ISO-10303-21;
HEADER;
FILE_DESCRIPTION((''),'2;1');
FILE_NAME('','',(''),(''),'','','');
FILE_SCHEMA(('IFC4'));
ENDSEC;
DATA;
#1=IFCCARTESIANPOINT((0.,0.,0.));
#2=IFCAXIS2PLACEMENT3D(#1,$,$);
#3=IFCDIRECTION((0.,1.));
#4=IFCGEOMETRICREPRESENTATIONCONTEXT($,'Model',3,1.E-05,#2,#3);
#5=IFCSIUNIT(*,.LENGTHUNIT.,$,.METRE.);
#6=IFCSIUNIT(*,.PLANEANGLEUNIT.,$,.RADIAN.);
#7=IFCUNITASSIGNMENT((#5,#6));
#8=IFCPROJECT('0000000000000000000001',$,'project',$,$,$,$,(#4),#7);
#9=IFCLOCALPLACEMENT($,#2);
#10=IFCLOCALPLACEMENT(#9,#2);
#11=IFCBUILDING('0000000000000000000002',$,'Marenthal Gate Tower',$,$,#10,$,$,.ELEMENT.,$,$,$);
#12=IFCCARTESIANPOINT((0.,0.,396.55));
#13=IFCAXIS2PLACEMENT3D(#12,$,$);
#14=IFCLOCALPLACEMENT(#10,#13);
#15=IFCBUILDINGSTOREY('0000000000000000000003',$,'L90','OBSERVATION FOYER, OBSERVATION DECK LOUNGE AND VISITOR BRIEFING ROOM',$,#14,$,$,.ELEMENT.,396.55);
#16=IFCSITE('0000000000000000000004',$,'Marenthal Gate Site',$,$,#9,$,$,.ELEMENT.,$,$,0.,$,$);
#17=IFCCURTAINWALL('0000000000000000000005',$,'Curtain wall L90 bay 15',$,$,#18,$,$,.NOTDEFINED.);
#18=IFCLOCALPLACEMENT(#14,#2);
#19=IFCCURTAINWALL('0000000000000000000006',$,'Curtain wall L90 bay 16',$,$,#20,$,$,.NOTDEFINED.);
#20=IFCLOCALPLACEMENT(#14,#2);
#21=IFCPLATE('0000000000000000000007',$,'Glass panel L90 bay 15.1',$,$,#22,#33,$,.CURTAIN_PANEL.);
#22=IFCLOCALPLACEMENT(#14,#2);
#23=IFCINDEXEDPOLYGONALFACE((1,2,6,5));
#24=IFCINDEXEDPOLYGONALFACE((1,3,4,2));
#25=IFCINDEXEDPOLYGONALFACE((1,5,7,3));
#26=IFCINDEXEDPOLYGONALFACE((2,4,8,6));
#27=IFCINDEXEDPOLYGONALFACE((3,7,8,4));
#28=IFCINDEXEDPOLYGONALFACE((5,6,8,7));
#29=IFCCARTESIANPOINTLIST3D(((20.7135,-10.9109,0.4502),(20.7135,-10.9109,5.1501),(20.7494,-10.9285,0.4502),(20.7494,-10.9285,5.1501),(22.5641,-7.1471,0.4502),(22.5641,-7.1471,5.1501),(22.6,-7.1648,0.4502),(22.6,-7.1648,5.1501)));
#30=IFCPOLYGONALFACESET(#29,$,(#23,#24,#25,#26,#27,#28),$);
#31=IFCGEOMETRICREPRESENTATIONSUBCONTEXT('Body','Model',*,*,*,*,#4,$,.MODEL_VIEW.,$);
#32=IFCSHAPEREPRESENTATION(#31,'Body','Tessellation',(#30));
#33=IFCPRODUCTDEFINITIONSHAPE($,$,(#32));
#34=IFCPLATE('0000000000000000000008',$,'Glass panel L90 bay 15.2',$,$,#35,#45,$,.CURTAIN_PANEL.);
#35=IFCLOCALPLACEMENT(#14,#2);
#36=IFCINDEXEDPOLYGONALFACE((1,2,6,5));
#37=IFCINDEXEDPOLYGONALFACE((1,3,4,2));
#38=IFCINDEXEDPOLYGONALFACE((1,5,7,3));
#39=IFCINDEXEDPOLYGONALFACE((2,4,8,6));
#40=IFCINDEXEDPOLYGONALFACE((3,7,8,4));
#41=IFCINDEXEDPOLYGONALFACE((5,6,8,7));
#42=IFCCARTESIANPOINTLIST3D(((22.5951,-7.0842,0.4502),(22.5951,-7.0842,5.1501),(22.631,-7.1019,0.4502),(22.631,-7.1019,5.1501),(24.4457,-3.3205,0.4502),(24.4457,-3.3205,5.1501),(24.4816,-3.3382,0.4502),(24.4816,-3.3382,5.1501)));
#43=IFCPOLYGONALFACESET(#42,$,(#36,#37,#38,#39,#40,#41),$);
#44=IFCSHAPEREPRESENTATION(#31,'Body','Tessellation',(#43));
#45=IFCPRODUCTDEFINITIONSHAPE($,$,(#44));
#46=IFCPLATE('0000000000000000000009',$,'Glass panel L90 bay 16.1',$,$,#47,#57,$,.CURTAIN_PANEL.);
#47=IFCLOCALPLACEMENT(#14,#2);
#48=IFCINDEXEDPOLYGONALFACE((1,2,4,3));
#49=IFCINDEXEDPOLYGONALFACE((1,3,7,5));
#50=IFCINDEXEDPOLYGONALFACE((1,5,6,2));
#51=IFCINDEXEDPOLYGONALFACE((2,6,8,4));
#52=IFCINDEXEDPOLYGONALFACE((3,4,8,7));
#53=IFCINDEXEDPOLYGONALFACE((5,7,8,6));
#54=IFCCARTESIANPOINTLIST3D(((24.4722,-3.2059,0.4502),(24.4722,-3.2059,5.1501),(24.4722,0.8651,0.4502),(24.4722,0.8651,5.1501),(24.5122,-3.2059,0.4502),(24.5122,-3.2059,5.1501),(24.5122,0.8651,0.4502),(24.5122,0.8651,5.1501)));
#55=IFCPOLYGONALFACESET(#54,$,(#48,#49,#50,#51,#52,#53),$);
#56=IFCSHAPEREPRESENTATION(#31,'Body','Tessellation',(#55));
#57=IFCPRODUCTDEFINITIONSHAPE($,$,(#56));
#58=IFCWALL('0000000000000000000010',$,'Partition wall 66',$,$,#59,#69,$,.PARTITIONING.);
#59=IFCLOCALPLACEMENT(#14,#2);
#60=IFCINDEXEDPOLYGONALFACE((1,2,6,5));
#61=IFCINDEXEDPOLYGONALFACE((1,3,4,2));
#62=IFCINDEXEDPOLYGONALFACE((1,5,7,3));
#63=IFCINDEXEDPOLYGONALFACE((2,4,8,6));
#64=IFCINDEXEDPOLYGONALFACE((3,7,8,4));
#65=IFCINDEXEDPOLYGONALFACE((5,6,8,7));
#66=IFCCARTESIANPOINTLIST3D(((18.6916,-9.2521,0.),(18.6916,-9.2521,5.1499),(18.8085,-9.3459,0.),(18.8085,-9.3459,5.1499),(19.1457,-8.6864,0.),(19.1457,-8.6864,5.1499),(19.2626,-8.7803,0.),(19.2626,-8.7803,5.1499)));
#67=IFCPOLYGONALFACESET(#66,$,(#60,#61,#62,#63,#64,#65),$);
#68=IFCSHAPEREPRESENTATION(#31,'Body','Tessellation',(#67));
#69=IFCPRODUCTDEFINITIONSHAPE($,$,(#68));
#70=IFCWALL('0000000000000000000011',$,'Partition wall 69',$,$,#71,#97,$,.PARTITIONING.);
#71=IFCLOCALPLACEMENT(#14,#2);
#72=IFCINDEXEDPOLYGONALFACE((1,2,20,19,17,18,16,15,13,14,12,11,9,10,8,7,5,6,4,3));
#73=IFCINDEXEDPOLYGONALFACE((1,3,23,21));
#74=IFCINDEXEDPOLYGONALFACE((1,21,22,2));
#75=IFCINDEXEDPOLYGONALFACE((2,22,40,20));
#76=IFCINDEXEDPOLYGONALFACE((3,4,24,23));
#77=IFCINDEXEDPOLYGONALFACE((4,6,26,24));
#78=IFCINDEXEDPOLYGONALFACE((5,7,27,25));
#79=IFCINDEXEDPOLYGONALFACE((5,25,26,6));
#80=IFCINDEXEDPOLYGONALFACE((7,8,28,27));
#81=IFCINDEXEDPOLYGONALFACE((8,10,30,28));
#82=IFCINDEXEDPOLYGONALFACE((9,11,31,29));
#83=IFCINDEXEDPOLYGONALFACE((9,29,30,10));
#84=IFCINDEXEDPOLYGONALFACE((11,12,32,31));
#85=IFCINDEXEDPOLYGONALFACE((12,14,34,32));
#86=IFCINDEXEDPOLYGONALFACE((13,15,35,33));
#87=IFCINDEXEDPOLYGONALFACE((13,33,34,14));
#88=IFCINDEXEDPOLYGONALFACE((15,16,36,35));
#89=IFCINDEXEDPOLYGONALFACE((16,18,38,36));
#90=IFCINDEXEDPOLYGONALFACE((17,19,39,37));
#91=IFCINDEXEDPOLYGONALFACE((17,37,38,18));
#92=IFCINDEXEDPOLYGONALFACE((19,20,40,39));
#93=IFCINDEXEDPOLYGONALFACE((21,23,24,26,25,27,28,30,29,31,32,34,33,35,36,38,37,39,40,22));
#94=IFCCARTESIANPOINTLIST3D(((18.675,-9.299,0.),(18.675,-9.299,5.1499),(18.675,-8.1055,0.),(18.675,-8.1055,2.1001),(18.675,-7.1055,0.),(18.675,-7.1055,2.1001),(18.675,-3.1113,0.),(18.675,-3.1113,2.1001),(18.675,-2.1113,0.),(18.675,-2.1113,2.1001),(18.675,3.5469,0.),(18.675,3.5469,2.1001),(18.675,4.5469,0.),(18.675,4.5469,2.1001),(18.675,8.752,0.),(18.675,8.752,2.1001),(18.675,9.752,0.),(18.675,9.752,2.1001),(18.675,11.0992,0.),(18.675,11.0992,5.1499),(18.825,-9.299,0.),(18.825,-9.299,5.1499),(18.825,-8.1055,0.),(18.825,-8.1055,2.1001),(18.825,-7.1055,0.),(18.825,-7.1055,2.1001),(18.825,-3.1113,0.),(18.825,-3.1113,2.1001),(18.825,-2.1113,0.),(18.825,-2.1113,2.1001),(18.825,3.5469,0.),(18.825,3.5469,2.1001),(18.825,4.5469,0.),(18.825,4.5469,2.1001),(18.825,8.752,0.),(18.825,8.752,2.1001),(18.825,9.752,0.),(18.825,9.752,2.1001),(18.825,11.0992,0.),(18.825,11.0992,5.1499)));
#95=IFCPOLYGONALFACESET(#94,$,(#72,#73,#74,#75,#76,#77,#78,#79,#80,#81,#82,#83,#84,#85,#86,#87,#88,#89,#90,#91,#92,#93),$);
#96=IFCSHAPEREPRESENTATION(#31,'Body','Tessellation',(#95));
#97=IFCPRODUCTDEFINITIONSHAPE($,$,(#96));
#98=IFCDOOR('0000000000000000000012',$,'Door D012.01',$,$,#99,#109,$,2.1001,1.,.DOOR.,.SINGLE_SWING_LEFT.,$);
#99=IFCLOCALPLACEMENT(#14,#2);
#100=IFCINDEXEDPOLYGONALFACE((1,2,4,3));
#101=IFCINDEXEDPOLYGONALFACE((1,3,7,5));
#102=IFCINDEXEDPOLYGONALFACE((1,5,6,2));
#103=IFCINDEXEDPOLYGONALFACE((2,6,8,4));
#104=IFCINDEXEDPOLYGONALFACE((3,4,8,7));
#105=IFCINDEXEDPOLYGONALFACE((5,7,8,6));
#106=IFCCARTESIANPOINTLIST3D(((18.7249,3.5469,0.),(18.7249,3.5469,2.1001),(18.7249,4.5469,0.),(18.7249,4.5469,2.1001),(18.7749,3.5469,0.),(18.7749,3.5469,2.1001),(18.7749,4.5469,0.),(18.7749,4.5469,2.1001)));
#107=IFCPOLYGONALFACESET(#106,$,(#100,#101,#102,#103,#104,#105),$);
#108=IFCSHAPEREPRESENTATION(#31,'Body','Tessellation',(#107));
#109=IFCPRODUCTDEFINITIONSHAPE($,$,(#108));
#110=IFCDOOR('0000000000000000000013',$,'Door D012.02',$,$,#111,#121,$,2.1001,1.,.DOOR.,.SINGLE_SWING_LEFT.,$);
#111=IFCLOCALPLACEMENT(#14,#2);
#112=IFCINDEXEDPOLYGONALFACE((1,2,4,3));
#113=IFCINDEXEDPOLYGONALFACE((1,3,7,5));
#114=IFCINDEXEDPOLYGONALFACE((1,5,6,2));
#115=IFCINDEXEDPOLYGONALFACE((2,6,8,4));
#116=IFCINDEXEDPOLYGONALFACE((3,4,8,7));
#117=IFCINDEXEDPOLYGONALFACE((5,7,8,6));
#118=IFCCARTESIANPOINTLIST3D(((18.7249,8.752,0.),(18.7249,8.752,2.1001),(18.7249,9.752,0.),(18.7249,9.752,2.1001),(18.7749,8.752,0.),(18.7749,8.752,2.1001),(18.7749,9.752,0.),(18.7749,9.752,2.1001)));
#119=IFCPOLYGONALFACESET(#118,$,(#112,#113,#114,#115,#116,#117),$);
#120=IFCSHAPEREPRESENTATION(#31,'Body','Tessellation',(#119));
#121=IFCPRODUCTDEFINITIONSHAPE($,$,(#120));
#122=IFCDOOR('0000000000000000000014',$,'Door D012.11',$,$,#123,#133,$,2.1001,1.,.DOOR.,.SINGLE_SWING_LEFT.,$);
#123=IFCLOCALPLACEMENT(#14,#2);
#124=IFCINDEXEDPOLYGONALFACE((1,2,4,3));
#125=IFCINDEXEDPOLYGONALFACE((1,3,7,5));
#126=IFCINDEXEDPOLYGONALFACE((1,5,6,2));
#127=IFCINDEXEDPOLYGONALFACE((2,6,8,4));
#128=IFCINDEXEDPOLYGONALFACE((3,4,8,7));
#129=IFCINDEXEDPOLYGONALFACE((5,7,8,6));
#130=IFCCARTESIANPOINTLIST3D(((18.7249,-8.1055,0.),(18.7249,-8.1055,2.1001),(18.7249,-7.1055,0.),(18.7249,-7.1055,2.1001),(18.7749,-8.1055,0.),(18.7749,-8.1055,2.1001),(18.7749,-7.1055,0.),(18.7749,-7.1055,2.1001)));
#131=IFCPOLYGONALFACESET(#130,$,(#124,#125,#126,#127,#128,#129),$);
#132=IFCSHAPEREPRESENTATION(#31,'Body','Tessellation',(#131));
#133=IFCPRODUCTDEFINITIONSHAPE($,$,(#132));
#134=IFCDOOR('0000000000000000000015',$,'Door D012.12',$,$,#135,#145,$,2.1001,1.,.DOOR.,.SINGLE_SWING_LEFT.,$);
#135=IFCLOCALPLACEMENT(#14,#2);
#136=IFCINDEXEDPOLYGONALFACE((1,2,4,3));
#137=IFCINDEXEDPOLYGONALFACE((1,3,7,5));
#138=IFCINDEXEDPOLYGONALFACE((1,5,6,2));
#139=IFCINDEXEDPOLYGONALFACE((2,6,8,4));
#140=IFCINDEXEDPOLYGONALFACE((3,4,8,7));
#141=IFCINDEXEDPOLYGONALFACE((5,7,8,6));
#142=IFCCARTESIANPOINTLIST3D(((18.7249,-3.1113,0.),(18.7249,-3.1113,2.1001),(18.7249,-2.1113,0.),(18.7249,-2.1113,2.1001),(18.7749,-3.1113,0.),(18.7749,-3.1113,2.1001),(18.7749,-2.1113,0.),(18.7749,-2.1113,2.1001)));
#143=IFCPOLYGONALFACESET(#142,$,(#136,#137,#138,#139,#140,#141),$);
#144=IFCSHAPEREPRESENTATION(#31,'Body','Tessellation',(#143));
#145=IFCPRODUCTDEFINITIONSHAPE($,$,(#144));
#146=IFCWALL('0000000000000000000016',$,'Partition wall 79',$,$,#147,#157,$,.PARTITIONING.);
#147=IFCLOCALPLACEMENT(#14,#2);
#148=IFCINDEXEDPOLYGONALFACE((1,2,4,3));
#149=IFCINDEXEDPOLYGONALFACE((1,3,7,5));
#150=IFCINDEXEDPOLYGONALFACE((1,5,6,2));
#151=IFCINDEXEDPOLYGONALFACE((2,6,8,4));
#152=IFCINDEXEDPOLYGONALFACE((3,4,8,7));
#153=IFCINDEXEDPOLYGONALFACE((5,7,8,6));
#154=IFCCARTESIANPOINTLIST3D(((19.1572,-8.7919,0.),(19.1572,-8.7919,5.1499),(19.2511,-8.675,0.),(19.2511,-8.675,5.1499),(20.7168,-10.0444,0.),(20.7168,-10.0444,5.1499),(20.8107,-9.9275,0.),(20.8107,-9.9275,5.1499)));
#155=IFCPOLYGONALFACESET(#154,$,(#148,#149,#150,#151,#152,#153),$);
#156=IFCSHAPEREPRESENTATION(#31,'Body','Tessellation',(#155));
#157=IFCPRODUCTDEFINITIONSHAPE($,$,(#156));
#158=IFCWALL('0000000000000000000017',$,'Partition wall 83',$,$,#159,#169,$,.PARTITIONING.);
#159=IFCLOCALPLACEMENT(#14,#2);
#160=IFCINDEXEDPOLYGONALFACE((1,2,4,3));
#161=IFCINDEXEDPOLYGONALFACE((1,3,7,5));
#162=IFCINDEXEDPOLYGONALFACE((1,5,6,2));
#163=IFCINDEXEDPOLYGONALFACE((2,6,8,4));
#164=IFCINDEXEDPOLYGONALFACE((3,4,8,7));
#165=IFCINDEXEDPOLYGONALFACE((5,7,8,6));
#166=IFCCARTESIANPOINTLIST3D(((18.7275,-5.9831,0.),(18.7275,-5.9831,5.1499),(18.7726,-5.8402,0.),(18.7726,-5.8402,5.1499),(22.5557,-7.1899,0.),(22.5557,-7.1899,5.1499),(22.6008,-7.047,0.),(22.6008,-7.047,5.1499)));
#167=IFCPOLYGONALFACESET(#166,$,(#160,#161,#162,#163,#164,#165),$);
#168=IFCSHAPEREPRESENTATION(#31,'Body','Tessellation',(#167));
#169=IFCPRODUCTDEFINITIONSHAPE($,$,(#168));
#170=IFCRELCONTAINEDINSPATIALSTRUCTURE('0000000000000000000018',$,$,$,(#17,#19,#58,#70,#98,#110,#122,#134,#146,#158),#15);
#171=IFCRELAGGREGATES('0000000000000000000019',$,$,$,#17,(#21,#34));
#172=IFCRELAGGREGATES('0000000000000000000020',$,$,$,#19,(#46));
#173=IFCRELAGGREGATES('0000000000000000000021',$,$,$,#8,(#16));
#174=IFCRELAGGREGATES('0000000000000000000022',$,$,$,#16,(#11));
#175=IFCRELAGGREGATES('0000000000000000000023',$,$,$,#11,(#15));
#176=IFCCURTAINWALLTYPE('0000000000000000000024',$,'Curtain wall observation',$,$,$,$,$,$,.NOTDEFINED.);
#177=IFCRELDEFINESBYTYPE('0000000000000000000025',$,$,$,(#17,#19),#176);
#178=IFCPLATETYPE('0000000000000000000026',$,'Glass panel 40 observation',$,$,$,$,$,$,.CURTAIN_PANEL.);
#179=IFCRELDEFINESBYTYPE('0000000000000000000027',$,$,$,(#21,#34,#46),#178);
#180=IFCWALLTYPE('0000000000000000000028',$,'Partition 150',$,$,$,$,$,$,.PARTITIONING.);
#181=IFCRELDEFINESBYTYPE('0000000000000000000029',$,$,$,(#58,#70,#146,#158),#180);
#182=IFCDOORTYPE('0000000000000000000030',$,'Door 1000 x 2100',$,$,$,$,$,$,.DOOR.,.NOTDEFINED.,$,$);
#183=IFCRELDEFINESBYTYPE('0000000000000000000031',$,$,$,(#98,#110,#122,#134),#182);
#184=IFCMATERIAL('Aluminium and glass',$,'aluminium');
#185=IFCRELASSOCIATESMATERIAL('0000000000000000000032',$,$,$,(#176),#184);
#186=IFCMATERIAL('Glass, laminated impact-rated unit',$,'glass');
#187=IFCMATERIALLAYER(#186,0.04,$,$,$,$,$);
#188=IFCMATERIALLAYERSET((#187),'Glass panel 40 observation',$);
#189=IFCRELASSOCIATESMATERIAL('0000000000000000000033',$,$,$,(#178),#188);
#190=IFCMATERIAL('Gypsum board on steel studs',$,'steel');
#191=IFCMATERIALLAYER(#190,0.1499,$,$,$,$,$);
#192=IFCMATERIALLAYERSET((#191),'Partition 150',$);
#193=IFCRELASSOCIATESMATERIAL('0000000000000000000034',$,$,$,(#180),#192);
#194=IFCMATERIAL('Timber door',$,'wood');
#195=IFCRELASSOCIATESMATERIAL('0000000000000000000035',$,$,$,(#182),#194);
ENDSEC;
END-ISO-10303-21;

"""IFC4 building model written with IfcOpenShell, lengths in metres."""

from ifc_helpers import new_model, si_unit, direction, frame, frame_2d, origin, origin_2d, place, context, subcontext, project, spatial, rectangle, extrude, material, layer, layer_set, type_object, element, fill, aggregate, save


model = new_model("IFC4")

# Units and contexts
model_context = context("Model", 3, precision=1e-05, world=origin(), true_north=direction((0.0, 1.0)))
body_context = subcontext(model_context, "Body", "Model", "MODEL_VIEW")
ifc_project = project(units=[si_unit("LENGTHUNIT", "METRE"), si_unit("PLANEANGLEUNIT", "RADIAN")], contexts=[model_context])

# Site, building, storey
site_placement = place(None, origin())
site = spatial("IfcSite", under=ifc_project, at=site_placement, Name="Marenthal Gate Site", CompositionType="ELEMENT", RefElevation=0.0)
building_placement = place(site_placement, origin())
building = spatial("IfcBuilding", under=site, at=building_placement, Name="Marenthal Gate Tower", CompositionType="ELEMENT")
storey_placement = place(building_placement, frame((0.0, 0.0, 396.55)))
storey = spatial("IfcBuildingStorey", under=building, at=storey_placement, Name="L90", Description="OBSERVATION FOYER, OBSERVATION DECK LOUNGE AND VISITOR BRIEFING ROOM", CompositionType="ELEMENT", Elevation=396.55)

# Curtain walls
ifc_material_1 = material(Name="Aluminium and glass", Category="aluminium")
curtain_wall_type = type_object("IfcCurtainWallType", Name="Curtain wall observation", PredefinedType="NOTDEFINED", material=ifc_material_1)
curtain_wall_1_placement = place(storey_placement, origin())
curtain_wall_1 = element("IfcCurtainWall", 1, at=curtain_wall_1_placement, inside=storey, type_object=curtain_wall_type, Name="Curtain wall L90 bay 15", PredefinedType="NOTDEFINED")
curtain_wall_2_placement = place(storey_placement, origin())
curtain_wall_2 = element("IfcCurtainWall", 2, at=curtain_wall_2_placement, inside=storey, type_object=curtain_wall_type, Name="Curtain wall L90 bay 16", PredefinedType="NOTDEFINED")

# Plates
ifc_material_2 = material(Name="Glass, laminated impact-rated unit", Category="glass")
ifc_layer_1 = layer(ifc_material_2, 0.04)
ifc_layer_set_1 = layer_set([ifc_layer_1], Name="Glass panel 40 observation")
plate_type = type_object("IfcPlateType", Name="Glass panel 40 observation", PredefinedType="CURTAIN_PANEL", material=ifc_layer_set_1)
plate_1_placement = place(storey_placement, frame((21.6567, -9.0378, 0.4502), z_axis=(0.0, 0.0, 1.0), x_axis=(0.441247, 0.897386, 0.0)))
plate_1 = element("IfcPlate", 3, at=plate_1_placement, type_object=plate_type, Name="Glass panel L90 bay 15.1", PredefinedType="CURTAIN_PANEL", context=body_context, shape_type="SweptSolid", body=[
    extrude(rectangle(XDim=4.1941, YDim=0.04, at=origin_2d()), origin(), (0.0, 0.0, 1.0), 4.7),
])
plate_2_placement = place(storey_placement, frame((23.5383, -5.2112, 0.4502), z_axis=(0.0, 0.0, 1.0), x_axis=(0.441247, 0.897386, 0.0)))
plate_2 = element("IfcPlate", 4, at=plate_2_placement, type_object=plate_type, Name="Glass panel L90 bay 15.2", PredefinedType="CURTAIN_PANEL", context=body_context, shape_type="SweptSolid", body=[
    extrude(rectangle(XDim=4.1941, YDim=0.04, at=origin_2d()), origin(), (0.0, 0.0, 1.0), 4.7),
])
aggregate(curtain_wall_1, [plate_1, plate_2])
plate_3_placement = place(storey_placement, frame((24.4922, -1.1704, 0.4502), z_axis=(0.0, 0.0, 1.0), x_axis=(0.0, 1.0, 0.0)))
plate_3 = element("IfcPlate", 5, at=plate_3_placement, type_object=plate_type, Name="Glass panel L90 bay 16.1", PredefinedType="CURTAIN_PANEL", context=body_context, shape_type="SweptSolid", body=[
    extrude(rectangle(XDim=4.071, YDim=0.04, at=origin_2d()), origin(), (0.0, 0.0, 1.0), 4.7),
])
aggregate(curtain_wall_2, [plate_3])

# Wall
ifc_material_3 = material(Name="Gypsum board on steel studs", Category="steel")
ifc_layer_2 = layer(ifc_material_3, 0.1499)
ifc_layer_set_2 = layer_set([ifc_layer_2], Name="Partition 150")
wall_type = type_object("IfcWallType", Name="Partition 150", PredefinedType="PARTITIONING", material=ifc_layer_set_2)
wall_1_placement = place(storey_placement, frame((18.75, -9.2991, 0.0), z_axis=(0.0, 0.0, 1.0), x_axis=(0.626008, 0.779817, 0.0)))
element("IfcWall", 6, at=wall_1_placement, inside=storey, type_object=wall_type, Name="Partition wall 66", PredefinedType="PARTITIONING", context=body_context, shape_type="SweptSolid", body=[
    extrude(rectangle(XDim=0.7253, YDim=0.1499, at=frame_2d((0.3628, 0.0))), origin(), (0.0, 0.0, 1.0), 5.1499),
])

# Wall, openings, doors
wall_2_placement = place(storey_placement, frame((18.75, -9.2991, 0.0), z_axis=(0.0, 0.0, 1.0), x_axis=(0.0, 1.0, 0.0)))
wall_2 = element("IfcWall", 7, at=wall_2_placement, inside=storey, type_object=wall_type, Name="Partition wall 69", PredefinedType="PARTITIONING", context=body_context, shape_type="SweptSolid", body=[
    extrude(rectangle(XDim=20.3982, YDim=0.1499, at=frame_2d((10.1992, 0.0))), origin(), (0.0, 0.0, 1.0), 5.1499),
])
opening_1_placement = place(wall_2_placement, frame((12.8459, 0.0, 0.0)))
opening_1 = element("IfcOpeningElement", 8, at=opening_1_placement, cuts=wall_2, PredefinedType="OPENING", context=body_context, shape_type="SweptSolid", body=[
    extrude(rectangle(XDim=1.0, YDim=2.1001, at=frame_2d((0.5, 1.05))), frame((0.0, 0.085, 0.0), z_axis=(0.0, -1.0, 0.0), x_axis=(1.0, 0.0, 0.0)), (0.0, 0.0, 1.0), 0.1699),
])
opening_2_placement = place(wall_2_placement, frame((18.051, 0.0, 0.0)))
opening_2 = element("IfcOpeningElement", 9, at=opening_2_placement, cuts=wall_2, PredefinedType="OPENING", context=body_context, shape_type="SweptSolid", body=[
    extrude(rectangle(XDim=1.0, YDim=2.1001, at=frame_2d((0.5, 1.05))), frame((0.0, 0.085, 0.0), z_axis=(0.0, -1.0, 0.0), x_axis=(1.0, 0.0, 0.0)), (0.0, 0.0, 1.0), 0.1699),
])
opening_3_placement = place(wall_2_placement, frame((1.1936, 0.0, 0.0)))
opening_3 = element("IfcOpeningElement", 10, at=opening_3_placement, cuts=wall_2, PredefinedType="OPENING", context=body_context, shape_type="SweptSolid", body=[
    extrude(rectangle(XDim=1.0, YDim=2.1001, at=frame_2d((0.5, 1.05))), frame((0.0, 0.085, 0.0), z_axis=(0.0, -1.0, 0.0), x_axis=(1.0, 0.0, 0.0)), (0.0, 0.0, 1.0), 0.1699),
])
opening_4_placement = place(wall_2_placement, frame((6.1877, 0.0, 0.0)))
opening_4 = element("IfcOpeningElement", 11, at=opening_4_placement, cuts=wall_2, PredefinedType="OPENING", context=body_context, shape_type="SweptSolid", body=[
    extrude(rectangle(XDim=1.0, YDim=2.1001, at=frame_2d((0.5, 1.05))), frame((0.0, 0.085, 0.0), z_axis=(0.0, -1.0, 0.0), x_axis=(1.0, 0.0, 0.0)), (0.0, 0.0, 1.0), 0.1699),
])
ifc_material_4 = material(Name="Timber door", Category="wood")
door_type = type_object("IfcDoorType", Name="Door 1000 x 2100", OperationType="NOTDEFINED", PredefinedType="DOOR", material=ifc_material_4)
door_1_placement = place(opening_1_placement, frame((1.0, 0.0, 0.0), z_axis=(0.0, 0.0, 1.0), x_axis=(-1.0, 0.0, 0.0)))
door_1 = element("IfcDoor", 12, at=door_1_placement, inside=storey, type_object=door_type, Name="Door D012.01", OperationType="SINGLE_SWING_LEFT", OverallHeight=2.1001, OverallWidth=1.0, PredefinedType="DOOR", context=body_context, shape_type="SweptSolid", body=[
    extrude(rectangle(XDim=1.0, YDim=2.1001, at=frame_2d((0.5, 1.05))), frame((0.0, 0.0249, 0.0), z_axis=(0.0, -1.0, 0.0), x_axis=(1.0, 0.0, 0.0)), (0.0, 0.0, 1.0), 0.05),
])
fill(opening_1, door_1)
door_2_placement = place(opening_2_placement, frame((1.0, 0.0, 0.0), z_axis=(0.0, 0.0, 1.0), x_axis=(-1.0, 0.0, 0.0)))
door_2 = element("IfcDoor", 13, at=door_2_placement, inside=storey, type_object=door_type, Name="Door D012.02", OperationType="SINGLE_SWING_LEFT", OverallHeight=2.1001, OverallWidth=1.0, PredefinedType="DOOR", context=body_context, shape_type="SweptSolid", body=[
    extrude(rectangle(XDim=1.0, YDim=2.1001, at=frame_2d((0.5, 1.05))), frame((0.0, 0.0249, 0.0), z_axis=(0.0, -1.0, 0.0), x_axis=(1.0, 0.0, 0.0)), (0.0, 0.0, 1.0), 0.05),
])
fill(opening_2, door_2)
door_3_placement = place(opening_3_placement, frame((1.0, 0.0, 0.0), z_axis=(0.0, 0.0, 1.0), x_axis=(-1.0, 0.0, 0.0)))
door_3 = element("IfcDoor", 14, at=door_3_placement, inside=storey, type_object=door_type, Name="Door D012.11", OperationType="SINGLE_SWING_LEFT", OverallHeight=2.1001, OverallWidth=1.0, PredefinedType="DOOR", context=body_context, shape_type="SweptSolid", body=[
    extrude(rectangle(XDim=1.0, YDim=2.1001, at=frame_2d((0.5, 1.05))), frame((0.0, 0.0249, 0.0), z_axis=(0.0, -1.0, 0.0), x_axis=(1.0, 0.0, 0.0)), (0.0, 0.0, 1.0), 0.05),
])
fill(opening_3, door_3)
door_4_placement = place(opening_4_placement, frame((1.0, 0.0, 0.0), z_axis=(0.0, 0.0, 1.0), x_axis=(-1.0, 0.0, 0.0)))
door_4 = element("IfcDoor", 15, at=door_4_placement, inside=storey, type_object=door_type, Name="Door D012.12", OperationType="SINGLE_SWING_LEFT", OverallHeight=2.1001, OverallWidth=1.0, PredefinedType="DOOR", context=body_context, shape_type="SweptSolid", body=[
    extrude(rectangle(XDim=1.0, YDim=2.1001, at=frame_2d((0.5, 1.05))), frame((0.0, 0.0249, 0.0), z_axis=(0.0, -1.0, 0.0), x_axis=(1.0, 0.0, 0.0)), (0.0, 0.0, 1.0), 0.05),
])
fill(opening_4, door_4)

# Walls
wall_3_placement = place(storey_placement, frame((20.7637, -9.9858, 0.0), z_axis=(0.0, 0.0, 1.0), x_axis=(-0.7797, 0.626153, 0.0)))
element("IfcWall", 16, at=wall_3_placement, inside=storey, type_object=wall_type, Name="Partition wall 79", PredefinedType="PARTITIONING", context=body_context, shape_type="SweptSolid", body=[
    extrude(rectangle(XDim=2.0002, YDim=0.1499, at=frame_2d((1.0, 0.0))), origin(), (0.0, 0.0, 1.0), 5.1499),
])
wall_4_placement = place(storey_placement, frame((22.5781, -7.1184, 0.0), z_axis=(0.0, 0.0, 1.0), x_axis=(-0.953732, 0.300657, 0.0)))
element("IfcWall", 17, at=wall_4_placement, inside=storey, type_object=wall_type, Name="Partition wall 83", PredefinedType="PARTITIONING", context=body_context, shape_type="SweptSolid", body=[
    extrude(rectangle(XDim=4.0139, YDim=0.1499, at=frame_2d((2.0068, 0.0))), origin(), (0.0, 0.0, 1.0), 5.1499),
])

save(model, "model.ifc")
